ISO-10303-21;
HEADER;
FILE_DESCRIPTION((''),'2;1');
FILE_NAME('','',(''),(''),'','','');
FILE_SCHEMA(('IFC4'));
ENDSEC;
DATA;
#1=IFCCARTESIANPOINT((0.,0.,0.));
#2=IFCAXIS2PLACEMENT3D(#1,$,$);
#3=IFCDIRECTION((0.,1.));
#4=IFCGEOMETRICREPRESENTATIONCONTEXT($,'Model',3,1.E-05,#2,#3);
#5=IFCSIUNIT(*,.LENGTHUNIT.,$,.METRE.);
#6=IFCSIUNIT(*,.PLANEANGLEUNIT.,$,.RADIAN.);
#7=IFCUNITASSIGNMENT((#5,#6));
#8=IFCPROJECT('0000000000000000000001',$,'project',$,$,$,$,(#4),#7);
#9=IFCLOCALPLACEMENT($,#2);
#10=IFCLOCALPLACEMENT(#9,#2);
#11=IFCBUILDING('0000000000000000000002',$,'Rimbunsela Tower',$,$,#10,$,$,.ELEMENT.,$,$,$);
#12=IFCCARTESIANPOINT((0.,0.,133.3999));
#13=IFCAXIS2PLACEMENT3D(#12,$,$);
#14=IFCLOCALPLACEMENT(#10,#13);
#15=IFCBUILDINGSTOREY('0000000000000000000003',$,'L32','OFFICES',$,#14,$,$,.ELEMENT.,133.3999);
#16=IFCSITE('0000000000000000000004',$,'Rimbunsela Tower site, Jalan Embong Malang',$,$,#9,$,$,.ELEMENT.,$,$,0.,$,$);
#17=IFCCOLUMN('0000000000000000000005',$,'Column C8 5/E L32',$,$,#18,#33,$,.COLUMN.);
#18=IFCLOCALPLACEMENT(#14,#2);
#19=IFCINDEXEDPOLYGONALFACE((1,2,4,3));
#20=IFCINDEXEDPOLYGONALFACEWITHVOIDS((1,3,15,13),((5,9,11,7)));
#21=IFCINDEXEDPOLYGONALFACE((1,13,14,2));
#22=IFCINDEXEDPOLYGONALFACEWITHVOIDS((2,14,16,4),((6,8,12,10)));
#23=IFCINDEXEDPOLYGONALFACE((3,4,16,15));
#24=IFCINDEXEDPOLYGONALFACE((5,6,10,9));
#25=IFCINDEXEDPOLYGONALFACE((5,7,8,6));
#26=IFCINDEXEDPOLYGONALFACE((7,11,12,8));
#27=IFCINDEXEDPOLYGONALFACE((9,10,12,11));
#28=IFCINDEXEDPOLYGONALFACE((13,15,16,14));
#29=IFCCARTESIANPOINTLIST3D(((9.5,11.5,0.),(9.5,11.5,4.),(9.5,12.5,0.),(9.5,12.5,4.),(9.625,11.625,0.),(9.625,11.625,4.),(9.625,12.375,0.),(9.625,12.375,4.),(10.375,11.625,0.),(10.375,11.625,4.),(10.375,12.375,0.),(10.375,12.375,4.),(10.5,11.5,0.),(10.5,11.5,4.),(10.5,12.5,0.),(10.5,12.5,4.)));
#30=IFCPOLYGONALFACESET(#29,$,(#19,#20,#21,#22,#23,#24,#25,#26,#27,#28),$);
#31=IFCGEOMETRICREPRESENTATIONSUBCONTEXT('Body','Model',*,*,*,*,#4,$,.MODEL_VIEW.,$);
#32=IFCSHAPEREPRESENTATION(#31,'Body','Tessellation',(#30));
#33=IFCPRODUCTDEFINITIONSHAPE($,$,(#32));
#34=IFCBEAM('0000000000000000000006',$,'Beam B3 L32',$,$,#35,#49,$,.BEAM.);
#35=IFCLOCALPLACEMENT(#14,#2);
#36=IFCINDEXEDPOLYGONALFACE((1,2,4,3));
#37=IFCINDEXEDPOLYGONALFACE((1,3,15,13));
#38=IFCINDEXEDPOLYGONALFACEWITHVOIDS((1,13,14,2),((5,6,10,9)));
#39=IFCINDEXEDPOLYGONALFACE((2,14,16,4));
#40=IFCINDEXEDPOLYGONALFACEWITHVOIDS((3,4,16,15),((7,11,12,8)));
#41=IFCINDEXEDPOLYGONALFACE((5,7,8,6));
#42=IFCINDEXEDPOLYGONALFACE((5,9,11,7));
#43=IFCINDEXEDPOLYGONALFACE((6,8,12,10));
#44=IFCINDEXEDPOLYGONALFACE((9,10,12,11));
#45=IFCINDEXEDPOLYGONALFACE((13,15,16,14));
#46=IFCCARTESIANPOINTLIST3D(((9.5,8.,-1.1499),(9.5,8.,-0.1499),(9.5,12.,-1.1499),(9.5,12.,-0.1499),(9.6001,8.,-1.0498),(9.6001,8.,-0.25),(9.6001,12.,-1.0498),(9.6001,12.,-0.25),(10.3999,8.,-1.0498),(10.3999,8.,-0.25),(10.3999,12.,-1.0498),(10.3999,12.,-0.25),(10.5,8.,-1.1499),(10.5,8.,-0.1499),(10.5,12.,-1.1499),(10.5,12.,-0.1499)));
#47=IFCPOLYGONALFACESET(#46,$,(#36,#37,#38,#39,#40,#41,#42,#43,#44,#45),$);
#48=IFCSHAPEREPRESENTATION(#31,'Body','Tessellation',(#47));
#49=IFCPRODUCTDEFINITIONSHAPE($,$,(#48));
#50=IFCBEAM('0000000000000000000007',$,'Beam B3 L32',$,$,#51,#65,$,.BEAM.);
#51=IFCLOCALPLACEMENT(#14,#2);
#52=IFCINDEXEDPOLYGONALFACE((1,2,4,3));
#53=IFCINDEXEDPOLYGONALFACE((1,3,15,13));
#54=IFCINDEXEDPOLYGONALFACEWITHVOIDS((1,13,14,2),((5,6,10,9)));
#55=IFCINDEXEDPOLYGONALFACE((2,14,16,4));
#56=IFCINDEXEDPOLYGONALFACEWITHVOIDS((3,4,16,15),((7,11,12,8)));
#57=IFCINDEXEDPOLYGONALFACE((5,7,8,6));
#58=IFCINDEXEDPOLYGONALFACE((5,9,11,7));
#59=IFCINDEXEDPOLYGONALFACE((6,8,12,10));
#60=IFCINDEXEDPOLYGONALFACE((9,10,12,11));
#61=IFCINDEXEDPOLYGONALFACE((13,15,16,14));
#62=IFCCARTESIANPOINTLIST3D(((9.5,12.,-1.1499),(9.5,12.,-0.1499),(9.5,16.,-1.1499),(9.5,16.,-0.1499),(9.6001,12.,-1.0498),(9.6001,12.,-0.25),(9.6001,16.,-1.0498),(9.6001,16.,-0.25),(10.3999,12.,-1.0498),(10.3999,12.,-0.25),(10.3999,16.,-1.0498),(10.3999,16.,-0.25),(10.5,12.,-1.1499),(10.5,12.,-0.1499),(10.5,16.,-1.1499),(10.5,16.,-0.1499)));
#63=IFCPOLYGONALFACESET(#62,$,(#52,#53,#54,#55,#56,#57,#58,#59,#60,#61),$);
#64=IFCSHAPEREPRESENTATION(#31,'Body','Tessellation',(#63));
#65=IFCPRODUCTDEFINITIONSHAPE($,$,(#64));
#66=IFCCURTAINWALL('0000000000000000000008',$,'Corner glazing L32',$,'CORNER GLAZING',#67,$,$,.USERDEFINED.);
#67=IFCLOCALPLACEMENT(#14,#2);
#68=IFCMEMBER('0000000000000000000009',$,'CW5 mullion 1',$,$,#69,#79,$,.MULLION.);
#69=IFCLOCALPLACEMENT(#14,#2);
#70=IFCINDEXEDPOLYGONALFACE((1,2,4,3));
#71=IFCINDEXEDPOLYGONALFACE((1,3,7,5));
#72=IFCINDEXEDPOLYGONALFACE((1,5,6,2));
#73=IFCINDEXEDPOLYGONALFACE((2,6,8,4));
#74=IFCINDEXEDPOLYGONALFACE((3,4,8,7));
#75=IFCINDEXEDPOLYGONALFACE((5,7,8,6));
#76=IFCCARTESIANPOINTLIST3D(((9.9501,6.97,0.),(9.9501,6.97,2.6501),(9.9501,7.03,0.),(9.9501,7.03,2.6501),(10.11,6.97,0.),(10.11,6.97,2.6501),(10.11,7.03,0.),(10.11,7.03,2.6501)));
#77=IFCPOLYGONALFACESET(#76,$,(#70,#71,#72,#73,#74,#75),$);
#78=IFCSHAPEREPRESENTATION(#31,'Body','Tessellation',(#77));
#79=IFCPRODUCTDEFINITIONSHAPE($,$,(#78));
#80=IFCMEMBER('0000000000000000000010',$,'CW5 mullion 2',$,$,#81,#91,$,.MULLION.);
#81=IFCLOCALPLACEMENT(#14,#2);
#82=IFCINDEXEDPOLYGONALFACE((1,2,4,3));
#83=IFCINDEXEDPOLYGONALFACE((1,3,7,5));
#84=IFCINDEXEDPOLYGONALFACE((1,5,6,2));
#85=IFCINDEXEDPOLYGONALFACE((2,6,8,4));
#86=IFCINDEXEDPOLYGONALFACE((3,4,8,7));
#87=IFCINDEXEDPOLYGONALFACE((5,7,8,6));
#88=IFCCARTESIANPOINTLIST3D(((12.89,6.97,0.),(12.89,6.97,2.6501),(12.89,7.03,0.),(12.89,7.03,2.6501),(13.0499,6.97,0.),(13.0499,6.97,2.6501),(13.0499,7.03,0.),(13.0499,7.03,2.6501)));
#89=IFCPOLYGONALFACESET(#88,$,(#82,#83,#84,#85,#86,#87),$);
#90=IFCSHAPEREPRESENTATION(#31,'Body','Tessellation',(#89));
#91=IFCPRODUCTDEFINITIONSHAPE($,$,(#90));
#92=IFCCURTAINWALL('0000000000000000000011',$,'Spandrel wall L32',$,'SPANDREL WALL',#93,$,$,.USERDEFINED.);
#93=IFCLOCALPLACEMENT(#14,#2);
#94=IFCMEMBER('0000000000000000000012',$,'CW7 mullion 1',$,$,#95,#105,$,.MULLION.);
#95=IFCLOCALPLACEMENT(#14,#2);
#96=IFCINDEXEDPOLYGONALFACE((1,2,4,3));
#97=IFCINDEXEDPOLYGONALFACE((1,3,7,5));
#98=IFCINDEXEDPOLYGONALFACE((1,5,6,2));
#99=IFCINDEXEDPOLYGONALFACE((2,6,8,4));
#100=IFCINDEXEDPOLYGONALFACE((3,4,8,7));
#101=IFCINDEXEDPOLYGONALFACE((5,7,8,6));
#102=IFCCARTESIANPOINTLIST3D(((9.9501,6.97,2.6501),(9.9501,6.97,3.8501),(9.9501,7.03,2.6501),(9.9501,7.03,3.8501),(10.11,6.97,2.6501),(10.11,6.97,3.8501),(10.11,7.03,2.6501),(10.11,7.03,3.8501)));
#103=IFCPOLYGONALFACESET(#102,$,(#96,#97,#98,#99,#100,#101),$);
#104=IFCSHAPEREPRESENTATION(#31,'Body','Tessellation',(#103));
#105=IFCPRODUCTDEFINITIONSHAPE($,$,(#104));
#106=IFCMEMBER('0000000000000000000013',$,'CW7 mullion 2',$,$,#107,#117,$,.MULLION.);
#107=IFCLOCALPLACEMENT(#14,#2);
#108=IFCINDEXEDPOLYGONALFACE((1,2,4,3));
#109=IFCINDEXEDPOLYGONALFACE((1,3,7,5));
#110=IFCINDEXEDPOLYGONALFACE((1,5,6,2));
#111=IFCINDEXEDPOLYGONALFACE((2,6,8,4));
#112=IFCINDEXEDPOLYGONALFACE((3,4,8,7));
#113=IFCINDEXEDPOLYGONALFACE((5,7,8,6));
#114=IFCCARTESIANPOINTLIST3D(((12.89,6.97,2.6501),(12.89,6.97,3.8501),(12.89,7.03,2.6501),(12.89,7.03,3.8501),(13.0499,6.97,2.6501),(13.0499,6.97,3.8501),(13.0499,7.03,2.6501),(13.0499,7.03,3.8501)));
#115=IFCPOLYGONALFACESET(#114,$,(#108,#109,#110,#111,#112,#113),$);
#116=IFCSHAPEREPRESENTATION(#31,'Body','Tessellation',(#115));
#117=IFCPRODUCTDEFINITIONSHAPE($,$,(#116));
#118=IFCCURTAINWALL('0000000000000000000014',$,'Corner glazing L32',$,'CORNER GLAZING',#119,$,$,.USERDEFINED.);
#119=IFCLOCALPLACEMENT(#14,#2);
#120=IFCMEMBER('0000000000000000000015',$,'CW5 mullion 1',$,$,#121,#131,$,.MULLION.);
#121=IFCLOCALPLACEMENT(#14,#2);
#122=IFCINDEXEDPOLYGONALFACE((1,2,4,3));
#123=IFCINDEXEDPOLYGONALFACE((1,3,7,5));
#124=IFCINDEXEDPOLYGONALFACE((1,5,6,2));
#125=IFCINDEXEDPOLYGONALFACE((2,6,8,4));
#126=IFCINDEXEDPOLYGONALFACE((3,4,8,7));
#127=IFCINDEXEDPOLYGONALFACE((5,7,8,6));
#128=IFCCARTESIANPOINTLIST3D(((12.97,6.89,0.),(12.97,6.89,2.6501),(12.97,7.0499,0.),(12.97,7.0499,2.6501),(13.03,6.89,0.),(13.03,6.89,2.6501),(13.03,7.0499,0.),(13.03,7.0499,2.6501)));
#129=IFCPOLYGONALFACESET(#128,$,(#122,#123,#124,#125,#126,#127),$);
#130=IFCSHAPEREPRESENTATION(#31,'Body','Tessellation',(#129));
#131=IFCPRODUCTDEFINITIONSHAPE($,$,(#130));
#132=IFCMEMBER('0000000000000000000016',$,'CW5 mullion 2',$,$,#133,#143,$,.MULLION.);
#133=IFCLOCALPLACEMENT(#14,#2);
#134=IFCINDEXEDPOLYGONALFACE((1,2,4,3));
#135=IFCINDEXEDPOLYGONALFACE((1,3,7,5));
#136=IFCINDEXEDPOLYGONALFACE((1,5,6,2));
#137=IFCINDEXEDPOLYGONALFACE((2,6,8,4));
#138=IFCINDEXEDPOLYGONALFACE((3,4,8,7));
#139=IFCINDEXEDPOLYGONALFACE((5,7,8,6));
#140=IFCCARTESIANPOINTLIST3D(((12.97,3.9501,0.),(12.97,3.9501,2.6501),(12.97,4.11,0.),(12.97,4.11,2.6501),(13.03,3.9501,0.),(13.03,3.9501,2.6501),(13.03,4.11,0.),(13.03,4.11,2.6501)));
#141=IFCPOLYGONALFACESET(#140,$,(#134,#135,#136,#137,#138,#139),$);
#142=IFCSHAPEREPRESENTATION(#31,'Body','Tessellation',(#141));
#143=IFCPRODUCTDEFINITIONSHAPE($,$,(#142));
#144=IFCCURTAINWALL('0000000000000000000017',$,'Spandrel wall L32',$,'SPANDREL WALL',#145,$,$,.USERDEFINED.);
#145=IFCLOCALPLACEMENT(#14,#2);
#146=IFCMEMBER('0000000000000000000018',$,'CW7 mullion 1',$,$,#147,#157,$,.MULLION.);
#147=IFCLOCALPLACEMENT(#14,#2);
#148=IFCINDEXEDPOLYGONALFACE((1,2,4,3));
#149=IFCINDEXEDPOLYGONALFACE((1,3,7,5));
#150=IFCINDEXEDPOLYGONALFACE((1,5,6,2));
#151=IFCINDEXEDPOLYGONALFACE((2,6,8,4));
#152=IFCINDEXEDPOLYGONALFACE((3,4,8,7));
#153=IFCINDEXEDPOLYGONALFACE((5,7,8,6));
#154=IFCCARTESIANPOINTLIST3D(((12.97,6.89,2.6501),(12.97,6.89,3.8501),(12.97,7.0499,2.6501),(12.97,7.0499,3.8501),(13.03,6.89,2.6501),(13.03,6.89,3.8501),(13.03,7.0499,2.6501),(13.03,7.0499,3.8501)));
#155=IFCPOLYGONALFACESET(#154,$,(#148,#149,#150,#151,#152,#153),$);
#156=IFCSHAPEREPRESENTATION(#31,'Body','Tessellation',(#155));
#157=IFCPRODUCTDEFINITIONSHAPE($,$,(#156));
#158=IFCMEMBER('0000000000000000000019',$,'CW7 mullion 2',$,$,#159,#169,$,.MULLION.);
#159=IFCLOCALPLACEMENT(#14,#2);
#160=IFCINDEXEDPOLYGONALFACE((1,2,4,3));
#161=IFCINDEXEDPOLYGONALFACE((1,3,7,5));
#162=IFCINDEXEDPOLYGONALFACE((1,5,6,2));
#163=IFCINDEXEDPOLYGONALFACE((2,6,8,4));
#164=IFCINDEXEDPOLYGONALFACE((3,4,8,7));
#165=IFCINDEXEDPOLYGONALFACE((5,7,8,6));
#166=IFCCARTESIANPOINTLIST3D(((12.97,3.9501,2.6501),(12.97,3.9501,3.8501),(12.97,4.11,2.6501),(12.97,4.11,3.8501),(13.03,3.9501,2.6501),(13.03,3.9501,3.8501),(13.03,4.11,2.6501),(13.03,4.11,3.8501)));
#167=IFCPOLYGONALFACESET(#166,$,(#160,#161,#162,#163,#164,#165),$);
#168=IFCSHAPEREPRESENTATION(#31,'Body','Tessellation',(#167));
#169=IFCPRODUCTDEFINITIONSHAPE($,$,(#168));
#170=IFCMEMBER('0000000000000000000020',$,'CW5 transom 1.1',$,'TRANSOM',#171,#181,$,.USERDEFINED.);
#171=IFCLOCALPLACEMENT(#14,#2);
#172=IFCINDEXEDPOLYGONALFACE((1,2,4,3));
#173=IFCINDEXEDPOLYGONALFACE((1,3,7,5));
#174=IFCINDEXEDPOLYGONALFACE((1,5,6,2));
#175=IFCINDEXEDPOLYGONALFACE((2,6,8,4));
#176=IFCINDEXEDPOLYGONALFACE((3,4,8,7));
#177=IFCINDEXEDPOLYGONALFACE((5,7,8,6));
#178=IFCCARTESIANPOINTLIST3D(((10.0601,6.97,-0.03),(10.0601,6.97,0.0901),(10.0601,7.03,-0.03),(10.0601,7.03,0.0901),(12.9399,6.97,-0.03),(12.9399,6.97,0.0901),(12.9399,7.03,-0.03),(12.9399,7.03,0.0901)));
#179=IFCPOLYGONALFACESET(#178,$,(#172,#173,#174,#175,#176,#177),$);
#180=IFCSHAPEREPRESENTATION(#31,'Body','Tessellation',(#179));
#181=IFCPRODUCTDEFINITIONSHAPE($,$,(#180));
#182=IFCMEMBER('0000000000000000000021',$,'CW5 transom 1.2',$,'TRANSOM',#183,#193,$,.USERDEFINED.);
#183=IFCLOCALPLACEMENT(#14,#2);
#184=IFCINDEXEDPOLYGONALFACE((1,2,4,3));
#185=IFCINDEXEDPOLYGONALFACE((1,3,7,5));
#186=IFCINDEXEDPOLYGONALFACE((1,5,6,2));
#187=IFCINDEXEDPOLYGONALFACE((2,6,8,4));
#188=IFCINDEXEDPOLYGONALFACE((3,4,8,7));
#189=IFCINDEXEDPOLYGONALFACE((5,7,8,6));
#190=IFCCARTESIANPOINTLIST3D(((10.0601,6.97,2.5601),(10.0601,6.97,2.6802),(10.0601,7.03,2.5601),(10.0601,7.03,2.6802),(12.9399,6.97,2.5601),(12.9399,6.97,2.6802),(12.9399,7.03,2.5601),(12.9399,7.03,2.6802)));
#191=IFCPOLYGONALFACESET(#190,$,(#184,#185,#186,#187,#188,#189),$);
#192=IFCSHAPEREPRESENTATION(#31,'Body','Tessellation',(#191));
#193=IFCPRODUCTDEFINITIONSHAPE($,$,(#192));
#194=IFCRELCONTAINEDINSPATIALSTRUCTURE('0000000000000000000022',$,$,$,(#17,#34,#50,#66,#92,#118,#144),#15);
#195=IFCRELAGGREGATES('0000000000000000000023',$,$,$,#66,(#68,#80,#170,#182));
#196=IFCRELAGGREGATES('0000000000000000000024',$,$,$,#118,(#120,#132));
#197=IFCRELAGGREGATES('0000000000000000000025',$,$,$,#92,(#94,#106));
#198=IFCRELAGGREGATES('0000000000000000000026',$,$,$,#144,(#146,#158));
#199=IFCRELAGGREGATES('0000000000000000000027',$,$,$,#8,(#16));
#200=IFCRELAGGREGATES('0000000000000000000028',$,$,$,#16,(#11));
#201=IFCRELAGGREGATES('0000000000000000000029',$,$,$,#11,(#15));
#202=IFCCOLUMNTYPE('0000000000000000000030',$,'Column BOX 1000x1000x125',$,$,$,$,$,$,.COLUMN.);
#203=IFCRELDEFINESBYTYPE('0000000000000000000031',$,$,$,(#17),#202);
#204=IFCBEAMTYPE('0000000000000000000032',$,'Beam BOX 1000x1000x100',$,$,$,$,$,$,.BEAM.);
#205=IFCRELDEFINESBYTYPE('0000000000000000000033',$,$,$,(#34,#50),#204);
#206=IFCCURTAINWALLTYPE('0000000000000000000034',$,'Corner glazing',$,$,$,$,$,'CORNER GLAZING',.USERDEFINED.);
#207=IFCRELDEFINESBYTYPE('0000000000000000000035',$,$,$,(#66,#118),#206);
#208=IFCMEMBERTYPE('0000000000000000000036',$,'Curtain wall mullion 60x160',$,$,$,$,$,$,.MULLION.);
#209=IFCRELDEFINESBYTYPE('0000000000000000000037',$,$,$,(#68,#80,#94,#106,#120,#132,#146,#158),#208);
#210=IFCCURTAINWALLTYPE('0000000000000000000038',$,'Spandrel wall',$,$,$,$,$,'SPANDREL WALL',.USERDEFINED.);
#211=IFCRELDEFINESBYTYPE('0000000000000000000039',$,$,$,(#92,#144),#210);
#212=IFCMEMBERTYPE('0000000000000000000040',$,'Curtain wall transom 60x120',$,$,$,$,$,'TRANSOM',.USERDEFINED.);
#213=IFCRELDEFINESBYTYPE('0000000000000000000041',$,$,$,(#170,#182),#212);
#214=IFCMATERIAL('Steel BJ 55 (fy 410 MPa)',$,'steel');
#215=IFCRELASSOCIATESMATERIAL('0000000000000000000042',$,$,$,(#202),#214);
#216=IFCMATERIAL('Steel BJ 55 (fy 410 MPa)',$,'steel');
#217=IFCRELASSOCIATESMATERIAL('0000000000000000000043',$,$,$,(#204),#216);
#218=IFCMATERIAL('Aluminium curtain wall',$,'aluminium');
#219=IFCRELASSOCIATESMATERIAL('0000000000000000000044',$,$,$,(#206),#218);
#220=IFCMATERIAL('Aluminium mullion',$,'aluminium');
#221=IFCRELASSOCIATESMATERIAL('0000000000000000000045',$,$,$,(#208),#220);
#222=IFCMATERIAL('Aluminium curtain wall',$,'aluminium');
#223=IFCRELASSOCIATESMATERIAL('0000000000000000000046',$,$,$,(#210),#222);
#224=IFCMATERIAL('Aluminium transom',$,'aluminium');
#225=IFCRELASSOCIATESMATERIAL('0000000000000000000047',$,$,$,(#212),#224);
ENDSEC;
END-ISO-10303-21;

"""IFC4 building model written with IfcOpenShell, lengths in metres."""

from ifc_helpers import new_model, si_unit, direction, frame, origin, origin_2d, place, context, subcontext, project, spatial, rectangle, hollow_rectangle, extrude, material, material_profile, profile_set, type_object, element, aggregate, save


model = new_model("IFC4")

# Units and contexts
model_context = context("Model", 3, precision=1e-05, world=origin(), true_north=direction((0.0, 1.0)))
body_context = subcontext(model_context, "Body", "Model", "MODEL_VIEW")
ifc_project = project(units=[si_unit("LENGTHUNIT", "METRE"), si_unit("PLANEANGLEUNIT", "RADIAN")], contexts=[model_context])

# Site, building, storey
site_placement = place(None, origin())
site = spatial("IfcSite", under=ifc_project, at=site_placement, Name="Rimbunsela Tower site, Jalan Embong Malang", CompositionType="ELEMENT", RefElevation=0.0)
building_placement = place(site_placement, origin())
building = spatial("IfcBuilding", under=site, at=building_placement, Name="Rimbunsela Tower", CompositionType="ELEMENT")
storey_placement = place(building_placement, frame((0.0, 0.0, 133.3999)))
storey = spatial("IfcBuildingStorey", under=building, at=storey_placement, Name="L32", Description="OFFICES", CompositionType="ELEMENT", Elevation=133.3999)

# Column
ifc_material_1 = material(Name="Steel BJ 55 (fy 410 MPa)", Category="steel")
ifc_material_profile_1 = material_profile(ifc_material_1, hollow_rectangle(XDim=1.0, YDim=1.0, WallThickness=0.125, at=origin_2d()), Name="BOX 1000x1000x125")
ifc_profile_set_1 = profile_set([ifc_material_profile_1], Name="Steel BJ 55 (fy 410 MPa)")
column_type = type_object("IfcColumnType", Name="Column BOX 1000x1000x125", PredefinedType="COLUMN", material=ifc_profile_set_1)
column_placement = place(storey_placement, frame((10.0, 12.0, 0.0), z_axis=(0.0, 0.0, 1.0), x_axis=(1.0, 0.0, 0.0)))
element("IfcColumn", 1, at=column_placement, inside=storey, type_object=column_type, Name="Column C8 5/E L32", PredefinedType="COLUMN", context=body_context, shape_type="SweptSolid", body=[
    extrude(hollow_rectangle(XDim=1.0, YDim=1.0, WallThickness=0.125, at=origin_2d()), origin(), (0.0, 0.0, 1.0), 4.0),
])

# Beams
ifc_material_2 = material(Name="Steel BJ 55 (fy 410 MPa)", Category="steel")
ifc_material_profile_2 = material_profile(ifc_material_2, hollow_rectangle(XDim=1.0, YDim=1.0, WallThickness=0.1001, at=origin_2d()), Name="BOX 1000x1000x100")
ifc_profile_set_2 = profile_set([ifc_material_profile_2], Name="Steel BJ 55 (fy 410 MPa)")
beam_type = type_object("IfcBeamType", Name="Beam BOX 1000x1000x100", PredefinedType="BEAM", material=ifc_profile_set_2)
for number, where, z_axis, x_axis, name in (
    (2, (10.0, 8.0, -0.6499), (0.0, 1.0, 0.0), (-1.0, 0.0, 0.0), "Beam B3 L32"),
    (3, (10.0, 12.0, -0.6499), (0.0, 1.0, 0.0), (-1.0, 0.0, 0.0), "Beam B3 L32"),
):
    element("IfcBeam", number, at=place(storey_placement, frame(where, z_axis=z_axis, x_axis=x_axis)), inside=storey, type_object=beam_type, Name=name, PredefinedType="BEAM", context=body_context, shape_type="SweptSolid", body=[
        extrude(hollow_rectangle(XDim=1.0, YDim=1.0, WallThickness=0.1001, at=origin_2d()), origin(), (0.0, 0.0, 1.0), 4.0),
    ])

# Curtain walls, members
ifc_material_3 = material(Name="Aluminium curtain wall", Category="aluminium")
curtain_wall_type_1 = type_object("IfcCurtainWallType", Name="Corner glazing", ElementType="CORNER GLAZING", PredefinedType="USERDEFINED", material=ifc_material_3)
curtain_wall_1_placement = place(storey_placement, origin())
curtain_wall_1 = element("IfcCurtainWall", 4, at=curtain_wall_1_placement, inside=storey, type_object=curtain_wall_type_1, Name="Corner glazing L32", ObjectType="CORNER GLAZING", PredefinedType="USERDEFINED")
ifc_material_4 = material(Name="Aluminium mullion", Category="aluminium")
ifc_material_profile_3 = material_profile(ifc_material_4, rectangle(XDim=0.0601, YDim=0.1599, at=origin_2d()), Name="Mullion 60x160")
ifc_profile_set_3 = profile_set([ifc_material_profile_3], Name="Aluminium mullion")
member_type_1 = type_object("IfcMemberType", Name="Curtain wall mullion 60x160", PredefinedType="MULLION", material=ifc_profile_set_3)
member_1_placement = place(storey_placement, frame((10.03, 7.0, 0.0), z_axis=(0.0, 0.0, 1.0), x_axis=(0.0, 1.0, 0.0)))
member_1 = element("IfcMember", 5, at=member_1_placement, type_object=member_type_1, Name="CW5 mullion 1", PredefinedType="MULLION", context=body_context, shape_type="SweptSolid", body=[
    extrude(rectangle(XDim=0.0601, YDim=0.1599, at=origin_2d()), origin(), (0.0, 0.0, 1.0), 2.6501),
])
member_2_placement = place(storey_placement, frame((12.97, 7.0, 0.0), z_axis=(0.0, 0.0, 1.0), x_axis=(0.0, 1.0, 0.0)))
member_2 = element("IfcMember", 6, at=member_2_placement, type_object=member_type_1, Name="CW5 mullion 2", PredefinedType="MULLION", context=body_context, shape_type="SweptSolid", body=[
    extrude(rectangle(XDim=0.0601, YDim=0.1599, at=origin_2d()), origin(), (0.0, 0.0, 1.0), 2.6501),
])
ifc_material_5 = material(Name="Aluminium curtain wall", Category="aluminium")
curtain_wall_type_2 = type_object("IfcCurtainWallType", Name="Spandrel wall", ElementType="SPANDREL WALL", PredefinedType="USERDEFINED", material=ifc_material_5)
curtain_wall_2_placement = place(storey_placement, origin())
curtain_wall_2 = element("IfcCurtainWall", 7, at=curtain_wall_2_placement, inside=storey, type_object=curtain_wall_type_2, Name="Spandrel wall L32", ObjectType="SPANDREL WALL", PredefinedType="USERDEFINED")
member_3_placement = place(storey_placement, frame((10.03, 7.0, 2.6501), z_axis=(0.0, 0.0, 1.0), x_axis=(0.0, 1.0, 0.0)))
member_3 = element("IfcMember", 8, at=member_3_placement, type_object=member_type_1, Name="CW7 mullion 1", PredefinedType="MULLION", context=body_context, shape_type="SweptSolid", body=[
    extrude(rectangle(XDim=0.0601, YDim=0.1599, at=origin_2d()), origin(), (0.0, 0.0, 1.0), 1.2),
])
member_4_placement = place(storey_placement, frame((12.97, 7.0, 2.6501), z_axis=(0.0, 0.0, 1.0), x_axis=(0.0, 1.0, 0.0)))
member_4 = element("IfcMember", 9, at=member_4_placement, type_object=member_type_1, Name="CW7 mullion 2", PredefinedType="MULLION", context=body_context, shape_type="SweptSolid", body=[
    extrude(rectangle(XDim=0.0601, YDim=0.1599, at=origin_2d()), origin(), (0.0, 0.0, 1.0), 1.2),
])
curtain_wall_3_placement = place(storey_placement, origin())
curtain_wall_3 = element("IfcCurtainWall", 10, at=curtain_wall_3_placement, inside=storey, type_object=curtain_wall_type_1, Name="Corner glazing L32", ObjectType="CORNER GLAZING", PredefinedType="USERDEFINED")
member_5_placement = place(storey_placement, frame((13.0, 6.97, 0.0), z_axis=(0.0, 0.0, 1.0), x_axis=(1.0, 0.0, 0.0)))
member_5 = element("IfcMember", 11, at=member_5_placement, type_object=member_type_1, Name="CW5 mullion 1", PredefinedType="MULLION", context=body_context, shape_type="SweptSolid", body=[
    extrude(rectangle(XDim=0.0601, YDim=0.1599, at=origin_2d()), origin(), (0.0, 0.0, 1.0), 2.6501),
])
member_6_placement = place(storey_placement, frame((13.0, 4.03, 0.0), z_axis=(0.0, 0.0, 1.0), x_axis=(1.0, 0.0, 0.0)))
member_6 = element("IfcMember", 12, at=member_6_placement, type_object=member_type_1, Name="CW5 mullion 2", PredefinedType="MULLION", context=body_context, shape_type="SweptSolid", body=[
    extrude(rectangle(XDim=0.0601, YDim=0.1599, at=origin_2d()), origin(), (0.0, 0.0, 1.0), 2.6501),
])
curtain_wall_4_placement = place(storey_placement, origin())
curtain_wall_4 = element("IfcCurtainWall", 13, at=curtain_wall_4_placement, inside=storey, type_object=curtain_wall_type_2, Name="Spandrel wall L32", ObjectType="SPANDREL WALL", PredefinedType="USERDEFINED")
member_7_placement = place(storey_placement, frame((13.0, 6.97, 2.6501), z_axis=(0.0, 0.0, 1.0), x_axis=(1.0, 0.0, 0.0)))
member_7 = element("IfcMember", 14, at=member_7_placement, type_object=member_type_1, Name="CW7 mullion 1", PredefinedType="MULLION", context=body_context, shape_type="SweptSolid", body=[
    extrude(rectangle(XDim=0.0601, YDim=0.1599, at=origin_2d()), origin(), (0.0, 0.0, 1.0), 1.2),
])
member_8_placement = place(storey_placement, frame((13.0, 4.03, 2.6501), z_axis=(0.0, 0.0, 1.0), x_axis=(1.0, 0.0, 0.0)))
member_8 = element("IfcMember", 15, at=member_8_placement, type_object=member_type_1, Name="CW7 mullion 2", PredefinedType="MULLION", context=body_context, shape_type="SweptSolid", body=[
    extrude(rectangle(XDim=0.0601, YDim=0.1599, at=origin_2d()), origin(), (0.0, 0.0, 1.0), 1.2),
])

# Members
ifc_material_6 = material(Name="Aluminium transom", Category="aluminium")
ifc_material_profile_4 = material_profile(ifc_material_6, rectangle(XDim=0.0601, YDim=0.1201, at=origin_2d()), Name="Transom 60x120")
ifc_profile_set_4 = profile_set([ifc_material_profile_4], Name="Aluminium transom")
member_type_2 = type_object("IfcMemberType", Name="Curtain wall transom 60x120", ElementType="TRANSOM", PredefinedType="USERDEFINED", material=ifc_profile_set_4)
member_9_placement = place(storey_placement, frame((10.0601, 7.0, 0.03), z_axis=(1.0, 0.0, 0.0), x_axis=(0.0, 1.0, 0.0)))
member_9 = element("IfcMember", 16, at=member_9_placement, type_object=member_type_2, Name="CW5 transom 1.1", ObjectType="TRANSOM", PredefinedType="USERDEFINED", context=body_context, shape_type="SweptSolid", body=[
    extrude(rectangle(XDim=0.0601, YDim=0.1201, at=origin_2d()), origin(), (0.0, 0.0, 1.0), 2.8799),
])
member_10_placement = place(storey_placement, frame((10.0601, 7.0, 2.6201), z_axis=(1.0, 0.0, 0.0), x_axis=(0.0, 1.0, 0.0)))
member_10 = element("IfcMember", 17, at=member_10_placement, type_object=member_type_2, Name="CW5 transom 1.2", ObjectType="TRANSOM", PredefinedType="USERDEFINED", context=body_context, shape_type="SweptSolid", body=[
    extrude(rectangle(XDim=0.0601, YDim=0.1201, at=origin_2d()), origin(), (0.0, 0.0, 1.0), 2.8799),
])

aggregate(curtain_wall_1, [member_1, member_2, member_9, member_10])
aggregate(curtain_wall_3, [member_5, member_6])
aggregate(curtain_wall_2, [member_3, member_4])
aggregate(curtain_wall_4, [member_7, member_8])

save(model, "model.ifc")
